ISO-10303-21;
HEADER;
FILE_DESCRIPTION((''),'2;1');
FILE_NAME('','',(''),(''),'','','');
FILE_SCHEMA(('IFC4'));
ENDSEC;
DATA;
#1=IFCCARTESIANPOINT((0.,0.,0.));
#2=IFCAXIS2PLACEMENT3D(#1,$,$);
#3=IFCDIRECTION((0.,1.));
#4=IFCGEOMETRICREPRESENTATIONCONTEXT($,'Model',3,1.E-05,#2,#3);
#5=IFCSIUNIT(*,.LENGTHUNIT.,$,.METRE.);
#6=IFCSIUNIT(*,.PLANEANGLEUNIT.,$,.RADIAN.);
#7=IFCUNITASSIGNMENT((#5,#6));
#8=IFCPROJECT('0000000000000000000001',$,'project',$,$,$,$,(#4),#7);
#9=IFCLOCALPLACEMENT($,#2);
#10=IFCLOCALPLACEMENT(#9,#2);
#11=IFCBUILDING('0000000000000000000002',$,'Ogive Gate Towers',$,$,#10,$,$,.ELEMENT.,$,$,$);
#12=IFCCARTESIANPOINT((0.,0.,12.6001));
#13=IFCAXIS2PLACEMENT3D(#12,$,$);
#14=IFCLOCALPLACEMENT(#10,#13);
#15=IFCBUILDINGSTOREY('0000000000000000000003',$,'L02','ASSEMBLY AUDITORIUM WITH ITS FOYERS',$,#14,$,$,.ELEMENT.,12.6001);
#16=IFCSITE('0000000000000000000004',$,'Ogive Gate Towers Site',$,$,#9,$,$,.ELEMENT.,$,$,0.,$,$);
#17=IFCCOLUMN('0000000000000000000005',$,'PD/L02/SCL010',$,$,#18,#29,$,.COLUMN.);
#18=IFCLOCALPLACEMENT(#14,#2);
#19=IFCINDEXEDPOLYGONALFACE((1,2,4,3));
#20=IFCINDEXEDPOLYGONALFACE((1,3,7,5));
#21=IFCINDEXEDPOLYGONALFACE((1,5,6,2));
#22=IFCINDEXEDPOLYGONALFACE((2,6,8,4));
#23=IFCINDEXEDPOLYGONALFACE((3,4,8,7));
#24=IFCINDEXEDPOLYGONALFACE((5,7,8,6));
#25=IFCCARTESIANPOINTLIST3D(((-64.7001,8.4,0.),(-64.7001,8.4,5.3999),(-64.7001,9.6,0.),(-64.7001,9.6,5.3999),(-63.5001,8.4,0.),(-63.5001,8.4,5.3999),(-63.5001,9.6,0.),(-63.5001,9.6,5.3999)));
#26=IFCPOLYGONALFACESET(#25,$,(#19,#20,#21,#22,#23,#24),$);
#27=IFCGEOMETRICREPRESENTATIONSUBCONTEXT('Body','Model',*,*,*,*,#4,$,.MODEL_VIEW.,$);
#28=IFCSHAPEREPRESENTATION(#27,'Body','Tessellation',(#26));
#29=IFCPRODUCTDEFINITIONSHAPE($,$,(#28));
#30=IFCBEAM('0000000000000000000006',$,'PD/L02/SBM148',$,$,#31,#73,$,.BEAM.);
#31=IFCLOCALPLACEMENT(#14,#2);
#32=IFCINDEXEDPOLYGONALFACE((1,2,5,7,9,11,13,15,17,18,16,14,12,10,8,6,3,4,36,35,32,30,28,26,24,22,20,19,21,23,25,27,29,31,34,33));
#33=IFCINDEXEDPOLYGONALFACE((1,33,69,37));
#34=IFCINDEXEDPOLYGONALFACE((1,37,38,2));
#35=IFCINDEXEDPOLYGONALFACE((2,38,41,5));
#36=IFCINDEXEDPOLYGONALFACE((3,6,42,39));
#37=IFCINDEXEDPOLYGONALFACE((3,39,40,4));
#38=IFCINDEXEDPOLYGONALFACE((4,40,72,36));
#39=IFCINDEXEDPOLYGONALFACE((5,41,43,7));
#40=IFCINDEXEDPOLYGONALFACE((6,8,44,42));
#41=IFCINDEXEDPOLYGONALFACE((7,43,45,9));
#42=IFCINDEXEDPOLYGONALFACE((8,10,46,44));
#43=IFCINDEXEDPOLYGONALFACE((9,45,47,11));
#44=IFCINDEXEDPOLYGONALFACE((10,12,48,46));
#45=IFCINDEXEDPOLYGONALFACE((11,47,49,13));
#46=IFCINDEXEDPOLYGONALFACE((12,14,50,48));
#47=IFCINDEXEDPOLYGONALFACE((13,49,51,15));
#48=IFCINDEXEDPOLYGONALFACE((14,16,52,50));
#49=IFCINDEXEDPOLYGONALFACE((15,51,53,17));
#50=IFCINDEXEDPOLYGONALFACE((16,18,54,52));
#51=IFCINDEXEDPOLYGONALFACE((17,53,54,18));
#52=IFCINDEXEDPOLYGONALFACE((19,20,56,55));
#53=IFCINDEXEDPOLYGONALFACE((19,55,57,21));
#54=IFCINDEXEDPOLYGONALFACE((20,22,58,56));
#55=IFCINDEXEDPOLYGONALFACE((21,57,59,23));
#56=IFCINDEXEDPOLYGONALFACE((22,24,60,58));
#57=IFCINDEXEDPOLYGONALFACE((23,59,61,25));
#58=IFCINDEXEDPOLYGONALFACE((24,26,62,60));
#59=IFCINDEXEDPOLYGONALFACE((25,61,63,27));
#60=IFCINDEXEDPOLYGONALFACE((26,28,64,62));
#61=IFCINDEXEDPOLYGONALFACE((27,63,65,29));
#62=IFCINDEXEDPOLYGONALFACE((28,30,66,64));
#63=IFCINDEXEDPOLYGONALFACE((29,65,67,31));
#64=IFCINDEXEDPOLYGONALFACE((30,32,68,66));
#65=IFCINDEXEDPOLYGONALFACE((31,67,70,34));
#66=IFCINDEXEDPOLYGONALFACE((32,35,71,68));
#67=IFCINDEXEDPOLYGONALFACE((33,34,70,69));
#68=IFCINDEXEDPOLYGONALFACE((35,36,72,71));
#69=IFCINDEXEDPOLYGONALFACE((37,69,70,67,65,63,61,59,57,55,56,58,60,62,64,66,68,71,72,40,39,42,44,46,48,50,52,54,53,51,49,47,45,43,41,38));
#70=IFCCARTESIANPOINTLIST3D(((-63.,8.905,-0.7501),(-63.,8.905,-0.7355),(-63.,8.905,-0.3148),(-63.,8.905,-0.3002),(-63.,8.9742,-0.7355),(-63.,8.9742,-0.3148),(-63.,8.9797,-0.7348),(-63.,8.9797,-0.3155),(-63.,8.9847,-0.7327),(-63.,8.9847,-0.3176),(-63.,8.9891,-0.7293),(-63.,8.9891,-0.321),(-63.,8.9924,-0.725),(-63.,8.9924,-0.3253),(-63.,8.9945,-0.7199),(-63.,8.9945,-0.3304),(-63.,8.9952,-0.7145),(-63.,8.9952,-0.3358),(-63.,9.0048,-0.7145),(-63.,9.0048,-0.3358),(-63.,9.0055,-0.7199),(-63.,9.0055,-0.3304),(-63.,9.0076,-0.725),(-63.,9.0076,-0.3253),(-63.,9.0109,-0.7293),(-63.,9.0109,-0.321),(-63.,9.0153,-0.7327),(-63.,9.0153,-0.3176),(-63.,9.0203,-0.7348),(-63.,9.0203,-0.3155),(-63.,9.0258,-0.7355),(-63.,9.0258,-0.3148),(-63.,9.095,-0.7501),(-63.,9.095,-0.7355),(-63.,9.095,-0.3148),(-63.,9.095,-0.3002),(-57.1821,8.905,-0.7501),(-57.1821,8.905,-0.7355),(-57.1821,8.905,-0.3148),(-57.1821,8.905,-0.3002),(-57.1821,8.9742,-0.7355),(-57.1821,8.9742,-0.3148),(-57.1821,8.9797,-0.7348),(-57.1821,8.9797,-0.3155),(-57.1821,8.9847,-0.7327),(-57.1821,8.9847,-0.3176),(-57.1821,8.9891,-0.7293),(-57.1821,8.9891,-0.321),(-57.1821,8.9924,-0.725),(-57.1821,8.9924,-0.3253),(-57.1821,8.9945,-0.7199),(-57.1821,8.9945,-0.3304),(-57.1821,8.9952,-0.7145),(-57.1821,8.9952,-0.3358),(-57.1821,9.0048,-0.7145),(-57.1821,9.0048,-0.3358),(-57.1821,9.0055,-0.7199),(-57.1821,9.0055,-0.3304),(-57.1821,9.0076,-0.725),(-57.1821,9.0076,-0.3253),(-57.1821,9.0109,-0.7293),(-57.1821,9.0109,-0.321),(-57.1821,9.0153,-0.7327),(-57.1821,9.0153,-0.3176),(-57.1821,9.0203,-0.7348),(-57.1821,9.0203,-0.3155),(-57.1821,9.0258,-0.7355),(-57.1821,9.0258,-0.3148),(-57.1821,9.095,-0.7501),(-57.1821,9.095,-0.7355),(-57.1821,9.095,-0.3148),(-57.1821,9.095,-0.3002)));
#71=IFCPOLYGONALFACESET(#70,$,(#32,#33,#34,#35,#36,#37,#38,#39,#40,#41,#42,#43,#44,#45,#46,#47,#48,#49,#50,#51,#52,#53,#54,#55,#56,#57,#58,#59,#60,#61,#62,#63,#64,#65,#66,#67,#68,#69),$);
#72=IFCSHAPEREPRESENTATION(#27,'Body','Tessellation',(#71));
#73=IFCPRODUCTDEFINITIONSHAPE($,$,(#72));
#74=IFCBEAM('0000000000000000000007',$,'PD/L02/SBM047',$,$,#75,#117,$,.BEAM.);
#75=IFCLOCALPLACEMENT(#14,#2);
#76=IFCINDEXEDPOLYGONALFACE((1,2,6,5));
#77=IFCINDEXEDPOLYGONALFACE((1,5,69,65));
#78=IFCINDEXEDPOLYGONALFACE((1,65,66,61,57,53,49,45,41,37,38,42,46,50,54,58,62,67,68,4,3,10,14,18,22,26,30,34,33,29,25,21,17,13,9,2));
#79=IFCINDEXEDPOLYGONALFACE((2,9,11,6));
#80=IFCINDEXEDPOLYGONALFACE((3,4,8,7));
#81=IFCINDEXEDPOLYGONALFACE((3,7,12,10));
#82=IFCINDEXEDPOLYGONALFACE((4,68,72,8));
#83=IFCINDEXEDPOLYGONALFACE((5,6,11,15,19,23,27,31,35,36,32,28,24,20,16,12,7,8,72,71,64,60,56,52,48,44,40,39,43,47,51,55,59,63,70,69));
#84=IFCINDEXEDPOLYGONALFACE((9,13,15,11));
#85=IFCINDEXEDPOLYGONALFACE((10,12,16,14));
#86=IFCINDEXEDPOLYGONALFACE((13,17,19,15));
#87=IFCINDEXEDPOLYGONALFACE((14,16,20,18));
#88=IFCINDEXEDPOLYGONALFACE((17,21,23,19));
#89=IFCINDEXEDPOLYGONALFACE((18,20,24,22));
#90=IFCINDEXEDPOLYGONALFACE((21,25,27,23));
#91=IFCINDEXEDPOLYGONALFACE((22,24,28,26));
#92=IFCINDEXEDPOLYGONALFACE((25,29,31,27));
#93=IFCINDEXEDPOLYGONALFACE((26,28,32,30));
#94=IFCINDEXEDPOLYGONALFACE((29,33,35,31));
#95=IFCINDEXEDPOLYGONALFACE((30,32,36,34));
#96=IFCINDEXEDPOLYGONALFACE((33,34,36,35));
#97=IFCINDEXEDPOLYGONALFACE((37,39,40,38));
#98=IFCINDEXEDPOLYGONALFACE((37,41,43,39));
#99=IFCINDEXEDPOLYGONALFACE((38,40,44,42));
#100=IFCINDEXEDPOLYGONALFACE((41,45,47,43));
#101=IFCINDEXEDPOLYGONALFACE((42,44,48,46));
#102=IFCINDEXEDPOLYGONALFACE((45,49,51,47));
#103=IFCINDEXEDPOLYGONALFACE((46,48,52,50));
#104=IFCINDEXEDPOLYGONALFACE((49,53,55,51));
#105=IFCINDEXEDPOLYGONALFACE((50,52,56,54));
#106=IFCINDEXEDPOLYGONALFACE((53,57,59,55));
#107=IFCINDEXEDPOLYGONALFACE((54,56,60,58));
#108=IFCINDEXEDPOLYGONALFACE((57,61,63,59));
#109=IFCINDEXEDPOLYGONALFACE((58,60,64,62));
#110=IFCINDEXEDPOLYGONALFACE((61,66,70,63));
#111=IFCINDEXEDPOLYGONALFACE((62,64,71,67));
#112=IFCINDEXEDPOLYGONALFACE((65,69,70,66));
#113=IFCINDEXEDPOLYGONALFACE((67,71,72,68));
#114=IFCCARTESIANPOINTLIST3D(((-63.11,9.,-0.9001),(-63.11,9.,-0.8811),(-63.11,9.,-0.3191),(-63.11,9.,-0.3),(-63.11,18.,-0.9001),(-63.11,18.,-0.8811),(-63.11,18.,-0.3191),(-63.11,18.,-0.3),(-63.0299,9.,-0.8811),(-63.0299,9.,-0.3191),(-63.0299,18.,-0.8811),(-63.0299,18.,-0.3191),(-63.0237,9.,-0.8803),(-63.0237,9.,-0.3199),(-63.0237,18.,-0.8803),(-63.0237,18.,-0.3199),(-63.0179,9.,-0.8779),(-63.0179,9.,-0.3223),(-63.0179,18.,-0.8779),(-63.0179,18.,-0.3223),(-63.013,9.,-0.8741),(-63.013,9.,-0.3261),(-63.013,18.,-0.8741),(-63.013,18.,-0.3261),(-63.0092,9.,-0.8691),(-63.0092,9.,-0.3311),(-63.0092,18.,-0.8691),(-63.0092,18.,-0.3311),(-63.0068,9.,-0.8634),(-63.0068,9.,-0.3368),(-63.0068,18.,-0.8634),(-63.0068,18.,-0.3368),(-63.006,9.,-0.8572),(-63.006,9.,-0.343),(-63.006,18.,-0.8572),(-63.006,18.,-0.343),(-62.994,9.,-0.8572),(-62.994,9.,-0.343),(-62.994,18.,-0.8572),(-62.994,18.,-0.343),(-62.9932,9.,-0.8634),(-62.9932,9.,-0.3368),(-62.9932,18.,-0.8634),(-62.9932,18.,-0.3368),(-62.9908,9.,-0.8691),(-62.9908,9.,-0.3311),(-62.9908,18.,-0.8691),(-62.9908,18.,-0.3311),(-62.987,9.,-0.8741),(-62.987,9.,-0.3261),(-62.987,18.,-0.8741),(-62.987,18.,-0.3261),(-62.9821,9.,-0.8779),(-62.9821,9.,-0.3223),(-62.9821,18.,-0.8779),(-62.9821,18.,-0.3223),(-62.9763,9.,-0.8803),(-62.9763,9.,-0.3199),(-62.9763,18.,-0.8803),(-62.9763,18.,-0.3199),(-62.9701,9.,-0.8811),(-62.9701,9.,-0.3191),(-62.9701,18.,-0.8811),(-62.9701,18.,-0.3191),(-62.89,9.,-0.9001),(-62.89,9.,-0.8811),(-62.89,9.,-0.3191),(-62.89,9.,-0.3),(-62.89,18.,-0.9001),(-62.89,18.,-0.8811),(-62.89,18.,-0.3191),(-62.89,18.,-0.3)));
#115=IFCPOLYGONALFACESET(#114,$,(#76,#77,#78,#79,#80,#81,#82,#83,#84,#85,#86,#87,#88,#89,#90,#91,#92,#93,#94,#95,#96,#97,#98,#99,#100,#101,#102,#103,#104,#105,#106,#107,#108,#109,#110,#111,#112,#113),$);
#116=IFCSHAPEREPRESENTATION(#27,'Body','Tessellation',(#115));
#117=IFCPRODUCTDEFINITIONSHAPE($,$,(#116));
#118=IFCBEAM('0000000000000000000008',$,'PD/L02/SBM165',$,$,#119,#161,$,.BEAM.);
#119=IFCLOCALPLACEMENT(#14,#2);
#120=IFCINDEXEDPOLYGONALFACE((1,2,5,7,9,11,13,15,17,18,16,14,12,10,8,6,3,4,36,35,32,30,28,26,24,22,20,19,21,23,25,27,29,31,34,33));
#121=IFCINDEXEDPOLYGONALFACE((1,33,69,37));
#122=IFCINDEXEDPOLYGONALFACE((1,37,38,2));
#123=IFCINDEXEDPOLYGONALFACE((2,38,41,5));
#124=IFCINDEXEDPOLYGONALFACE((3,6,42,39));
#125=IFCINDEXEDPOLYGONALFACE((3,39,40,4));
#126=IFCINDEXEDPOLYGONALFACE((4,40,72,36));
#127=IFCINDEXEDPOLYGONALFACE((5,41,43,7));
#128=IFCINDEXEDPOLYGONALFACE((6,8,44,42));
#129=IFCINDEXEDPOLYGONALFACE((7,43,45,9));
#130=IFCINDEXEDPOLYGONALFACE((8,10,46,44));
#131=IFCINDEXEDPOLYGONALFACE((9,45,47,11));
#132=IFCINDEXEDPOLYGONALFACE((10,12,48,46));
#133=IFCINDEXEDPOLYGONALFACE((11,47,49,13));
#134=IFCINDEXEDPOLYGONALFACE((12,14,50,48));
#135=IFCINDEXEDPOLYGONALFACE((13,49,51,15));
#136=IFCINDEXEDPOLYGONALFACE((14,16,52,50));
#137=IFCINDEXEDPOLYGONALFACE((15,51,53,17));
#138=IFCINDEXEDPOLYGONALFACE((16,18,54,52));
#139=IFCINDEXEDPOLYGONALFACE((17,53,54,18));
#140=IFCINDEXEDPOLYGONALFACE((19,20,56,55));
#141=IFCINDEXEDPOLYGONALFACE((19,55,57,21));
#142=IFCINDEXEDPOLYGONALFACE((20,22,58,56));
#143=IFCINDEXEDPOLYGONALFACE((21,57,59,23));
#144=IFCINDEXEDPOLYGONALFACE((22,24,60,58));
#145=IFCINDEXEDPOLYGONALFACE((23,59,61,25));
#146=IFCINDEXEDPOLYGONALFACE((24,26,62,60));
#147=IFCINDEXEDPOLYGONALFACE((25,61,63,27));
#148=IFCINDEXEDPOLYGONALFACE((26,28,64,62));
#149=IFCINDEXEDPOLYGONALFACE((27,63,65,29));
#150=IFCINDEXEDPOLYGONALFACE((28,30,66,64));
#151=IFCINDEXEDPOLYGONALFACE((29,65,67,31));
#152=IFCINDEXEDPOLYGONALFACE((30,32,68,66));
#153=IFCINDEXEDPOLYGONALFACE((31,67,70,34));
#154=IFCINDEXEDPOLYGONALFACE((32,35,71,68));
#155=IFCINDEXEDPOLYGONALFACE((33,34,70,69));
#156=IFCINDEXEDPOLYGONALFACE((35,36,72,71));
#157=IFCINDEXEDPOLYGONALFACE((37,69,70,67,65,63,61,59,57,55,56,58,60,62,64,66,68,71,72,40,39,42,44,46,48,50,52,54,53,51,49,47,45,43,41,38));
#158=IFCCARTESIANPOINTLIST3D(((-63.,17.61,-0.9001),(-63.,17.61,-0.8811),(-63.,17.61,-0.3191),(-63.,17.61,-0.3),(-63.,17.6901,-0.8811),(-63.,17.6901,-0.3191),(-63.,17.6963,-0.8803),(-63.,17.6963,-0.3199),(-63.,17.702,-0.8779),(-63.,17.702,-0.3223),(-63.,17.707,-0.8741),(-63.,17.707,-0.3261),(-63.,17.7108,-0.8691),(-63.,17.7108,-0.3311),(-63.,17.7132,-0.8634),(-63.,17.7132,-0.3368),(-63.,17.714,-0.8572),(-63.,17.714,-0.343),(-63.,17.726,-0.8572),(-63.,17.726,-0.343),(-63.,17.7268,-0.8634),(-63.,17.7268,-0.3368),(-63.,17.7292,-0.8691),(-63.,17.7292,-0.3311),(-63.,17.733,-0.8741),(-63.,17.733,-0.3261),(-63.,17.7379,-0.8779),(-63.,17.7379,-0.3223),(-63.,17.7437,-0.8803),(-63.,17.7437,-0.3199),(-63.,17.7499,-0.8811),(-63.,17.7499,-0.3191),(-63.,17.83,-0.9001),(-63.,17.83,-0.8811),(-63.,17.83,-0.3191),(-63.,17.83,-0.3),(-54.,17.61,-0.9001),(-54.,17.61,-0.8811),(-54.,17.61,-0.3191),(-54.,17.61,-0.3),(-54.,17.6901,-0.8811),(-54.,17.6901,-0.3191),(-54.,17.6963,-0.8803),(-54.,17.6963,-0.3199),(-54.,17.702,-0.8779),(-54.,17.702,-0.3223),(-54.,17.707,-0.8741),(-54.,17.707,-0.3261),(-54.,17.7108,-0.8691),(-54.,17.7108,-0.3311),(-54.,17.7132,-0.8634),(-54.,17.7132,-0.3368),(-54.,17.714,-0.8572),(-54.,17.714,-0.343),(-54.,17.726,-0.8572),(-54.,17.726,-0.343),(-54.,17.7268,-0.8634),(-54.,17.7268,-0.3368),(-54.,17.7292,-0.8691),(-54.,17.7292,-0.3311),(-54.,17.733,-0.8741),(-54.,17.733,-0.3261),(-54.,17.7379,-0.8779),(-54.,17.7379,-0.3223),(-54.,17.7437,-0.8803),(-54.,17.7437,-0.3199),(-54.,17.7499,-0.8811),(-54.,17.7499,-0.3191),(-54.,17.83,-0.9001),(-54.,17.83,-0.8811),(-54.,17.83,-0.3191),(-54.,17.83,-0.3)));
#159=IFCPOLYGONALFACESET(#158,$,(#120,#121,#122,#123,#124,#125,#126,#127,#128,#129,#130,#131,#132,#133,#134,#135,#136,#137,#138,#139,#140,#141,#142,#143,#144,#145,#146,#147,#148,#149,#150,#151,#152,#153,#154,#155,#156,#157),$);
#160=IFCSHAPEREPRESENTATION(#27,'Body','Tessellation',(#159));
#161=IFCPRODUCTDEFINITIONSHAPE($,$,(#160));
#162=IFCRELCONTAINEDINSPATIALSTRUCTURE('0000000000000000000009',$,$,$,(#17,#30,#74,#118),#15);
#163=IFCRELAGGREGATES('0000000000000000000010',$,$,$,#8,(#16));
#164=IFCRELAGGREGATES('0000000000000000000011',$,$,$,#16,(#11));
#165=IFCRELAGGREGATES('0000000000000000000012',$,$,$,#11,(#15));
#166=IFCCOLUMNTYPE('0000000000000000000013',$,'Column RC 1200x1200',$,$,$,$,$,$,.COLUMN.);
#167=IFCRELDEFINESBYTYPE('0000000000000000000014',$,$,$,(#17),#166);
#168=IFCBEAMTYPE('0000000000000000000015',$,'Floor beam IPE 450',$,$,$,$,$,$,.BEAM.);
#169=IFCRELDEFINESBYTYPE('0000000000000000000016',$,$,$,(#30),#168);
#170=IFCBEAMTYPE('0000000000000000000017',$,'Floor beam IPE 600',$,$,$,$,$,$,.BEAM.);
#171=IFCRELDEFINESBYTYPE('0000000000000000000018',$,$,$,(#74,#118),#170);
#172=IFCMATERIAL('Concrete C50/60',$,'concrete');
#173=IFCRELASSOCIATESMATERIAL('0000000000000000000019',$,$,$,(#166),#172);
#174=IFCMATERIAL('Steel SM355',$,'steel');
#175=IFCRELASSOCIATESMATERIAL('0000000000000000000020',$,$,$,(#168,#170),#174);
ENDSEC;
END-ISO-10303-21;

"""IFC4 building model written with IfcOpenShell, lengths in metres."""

from ifc_helpers import new_model, si_unit, direction, frame, origin, origin_2d, place, context, subcontext, project, spatial, rectangle, i_section, extrude, material, material_profile, profile_set, type_object, element, save


model = new_model("IFC4")

# Units and contexts
model_context = context("Model", 3, precision=1e-05, world=origin(), true_north=direction((0.0, 1.0)))
body_context = subcontext(model_context, "Body", "Model", "MODEL_VIEW")
ifc_project = project(units=[si_unit("LENGTHUNIT", "METRE"), si_unit("PLANEANGLEUNIT", "RADIAN")], contexts=[model_context])

# Site, building, storey
site_placement = place(None, origin())
site = spatial("IfcSite", under=ifc_project, at=site_placement, Name="Ogive Gate Towers Site", CompositionType="ELEMENT", RefElevation=0.0)
building_placement = place(site_placement, origin())
building = spatial("IfcBuilding", under=site, at=building_placement, Name="Ogive Gate Towers", CompositionType="ELEMENT")
storey_placement = place(building_placement, frame((0.0, 0.0, 12.6001)))
storey = spatial("IfcBuildingStorey", under=building, at=storey_placement, Name="L02", Description="ASSEMBLY AUDITORIUM WITH ITS FOYERS", CompositionType="ELEMENT", Elevation=12.6001)

# Column
ifc_material_1 = material(Name="Concrete C50/60", Category="concrete")
ifc_material_profile_1 = material_profile(ifc_material_1, rectangle(XDim=1.2, YDim=1.2, at=origin_2d()), Name="RC 1200x1200")
ifc_profile_set_1 = profile_set([ifc_material_profile_1], Name="Concrete C50/60")
column_type = type_object("IfcColumnType", Name="Column RC 1200x1200", PredefinedType="COLUMN", material=ifc_profile_set_1)
column_placement = place(storey_placement, frame((-64.1001, 9.0, 0.0), z_axis=(0.0, 0.0, 1.0), x_axis=(1.0, 0.0, 0.0)))
element("IfcColumn", 1, at=column_placement, inside=storey, type_object=column_type, Name="PD/L02/SCL010", PredefinedType="COLUMN", context=body_context, shape_type="SweptSolid", body=[
    extrude(rectangle(XDim=1.2, YDim=1.2, at=origin_2d()), origin(), (0.0, 0.0, 1.0), 5.3999),
])

# Beams
ifc_material_2 = material(Name="Steel SM355", Category="steel")
ifc_material_profile_2 = material_profile(ifc_material_2, i_section(OverallWidth=0.1899, OverallDepth=0.45, WebThickness=0.0095, FlangeThickness=0.0146, FilletRadius=0.021, at=origin_2d()), Name="IPE 450")
ifc_profile_set_2 = profile_set([ifc_material_profile_2], Name="Steel SM355")
beam_type_1 = type_object("IfcBeamType", Name="Floor beam IPE 450", PredefinedType="BEAM", material=ifc_profile_set_2)
beam_1_placement = place(storey_placement, frame((-63.0, 9.0, -0.5251), z_axis=(1.0, 0.0, 0.0), x_axis=(0.0, 1.0, 0.0)))
element("IfcBeam", 2, at=beam_1_placement, inside=storey, type_object=beam_type_1, Name="PD/L02/SBM148", PredefinedType="BEAM", context=body_context, shape_type="SweptSolid", body=[
    extrude(i_section(OverallWidth=0.1899, OverallDepth=0.45, WebThickness=0.0095, FlangeThickness=0.0146, FilletRadius=0.021, at=origin_2d()), origin(), (0.0, 0.0, 1.0), 5.8179),
])
ifc_material_profile_3 = material_profile(ifc_material_2, i_section(OverallWidth=0.22, OverallDepth=0.6001, WebThickness=0.012, FlangeThickness=0.019, FilletRadius=0.0239, at=origin_2d()), Name="IPE 600")
ifc_profile_set_3 = profile_set([ifc_material_profile_3], Name="Steel SM355")
beam_type_2 = type_object("IfcBeamType", Name="Floor beam IPE 600", PredefinedType="BEAM", material=ifc_profile_set_3)
for number, where, z_axis, x_axis, name in (
    (3, (-63.0, 9.0, -0.6001), (0.0, 1.0, 0.0), (-1.0, 0.0, 0.0), "PD/L02/SBM047"),
    (4, (-63.0, 17.72, -0.6001), (1.0, 0.0, 0.0), (0.0, 1.0, 0.0), "PD/L02/SBM165"),
):
    element("IfcBeam", number, at=place(storey_placement, frame(where, z_axis=z_axis, x_axis=x_axis)), inside=storey, type_object=beam_type_2, Name=name, PredefinedType="BEAM", context=body_context, shape_type="SweptSolid", body=[
        extrude(i_section(OverallWidth=0.22, OverallDepth=0.6001, WebThickness=0.012, FlangeThickness=0.019, FilletRadius=0.0239, at=origin_2d()), origin(), (0.0, 0.0, 1.0), 9.0),
    ])

save(model, "model.ifc")
